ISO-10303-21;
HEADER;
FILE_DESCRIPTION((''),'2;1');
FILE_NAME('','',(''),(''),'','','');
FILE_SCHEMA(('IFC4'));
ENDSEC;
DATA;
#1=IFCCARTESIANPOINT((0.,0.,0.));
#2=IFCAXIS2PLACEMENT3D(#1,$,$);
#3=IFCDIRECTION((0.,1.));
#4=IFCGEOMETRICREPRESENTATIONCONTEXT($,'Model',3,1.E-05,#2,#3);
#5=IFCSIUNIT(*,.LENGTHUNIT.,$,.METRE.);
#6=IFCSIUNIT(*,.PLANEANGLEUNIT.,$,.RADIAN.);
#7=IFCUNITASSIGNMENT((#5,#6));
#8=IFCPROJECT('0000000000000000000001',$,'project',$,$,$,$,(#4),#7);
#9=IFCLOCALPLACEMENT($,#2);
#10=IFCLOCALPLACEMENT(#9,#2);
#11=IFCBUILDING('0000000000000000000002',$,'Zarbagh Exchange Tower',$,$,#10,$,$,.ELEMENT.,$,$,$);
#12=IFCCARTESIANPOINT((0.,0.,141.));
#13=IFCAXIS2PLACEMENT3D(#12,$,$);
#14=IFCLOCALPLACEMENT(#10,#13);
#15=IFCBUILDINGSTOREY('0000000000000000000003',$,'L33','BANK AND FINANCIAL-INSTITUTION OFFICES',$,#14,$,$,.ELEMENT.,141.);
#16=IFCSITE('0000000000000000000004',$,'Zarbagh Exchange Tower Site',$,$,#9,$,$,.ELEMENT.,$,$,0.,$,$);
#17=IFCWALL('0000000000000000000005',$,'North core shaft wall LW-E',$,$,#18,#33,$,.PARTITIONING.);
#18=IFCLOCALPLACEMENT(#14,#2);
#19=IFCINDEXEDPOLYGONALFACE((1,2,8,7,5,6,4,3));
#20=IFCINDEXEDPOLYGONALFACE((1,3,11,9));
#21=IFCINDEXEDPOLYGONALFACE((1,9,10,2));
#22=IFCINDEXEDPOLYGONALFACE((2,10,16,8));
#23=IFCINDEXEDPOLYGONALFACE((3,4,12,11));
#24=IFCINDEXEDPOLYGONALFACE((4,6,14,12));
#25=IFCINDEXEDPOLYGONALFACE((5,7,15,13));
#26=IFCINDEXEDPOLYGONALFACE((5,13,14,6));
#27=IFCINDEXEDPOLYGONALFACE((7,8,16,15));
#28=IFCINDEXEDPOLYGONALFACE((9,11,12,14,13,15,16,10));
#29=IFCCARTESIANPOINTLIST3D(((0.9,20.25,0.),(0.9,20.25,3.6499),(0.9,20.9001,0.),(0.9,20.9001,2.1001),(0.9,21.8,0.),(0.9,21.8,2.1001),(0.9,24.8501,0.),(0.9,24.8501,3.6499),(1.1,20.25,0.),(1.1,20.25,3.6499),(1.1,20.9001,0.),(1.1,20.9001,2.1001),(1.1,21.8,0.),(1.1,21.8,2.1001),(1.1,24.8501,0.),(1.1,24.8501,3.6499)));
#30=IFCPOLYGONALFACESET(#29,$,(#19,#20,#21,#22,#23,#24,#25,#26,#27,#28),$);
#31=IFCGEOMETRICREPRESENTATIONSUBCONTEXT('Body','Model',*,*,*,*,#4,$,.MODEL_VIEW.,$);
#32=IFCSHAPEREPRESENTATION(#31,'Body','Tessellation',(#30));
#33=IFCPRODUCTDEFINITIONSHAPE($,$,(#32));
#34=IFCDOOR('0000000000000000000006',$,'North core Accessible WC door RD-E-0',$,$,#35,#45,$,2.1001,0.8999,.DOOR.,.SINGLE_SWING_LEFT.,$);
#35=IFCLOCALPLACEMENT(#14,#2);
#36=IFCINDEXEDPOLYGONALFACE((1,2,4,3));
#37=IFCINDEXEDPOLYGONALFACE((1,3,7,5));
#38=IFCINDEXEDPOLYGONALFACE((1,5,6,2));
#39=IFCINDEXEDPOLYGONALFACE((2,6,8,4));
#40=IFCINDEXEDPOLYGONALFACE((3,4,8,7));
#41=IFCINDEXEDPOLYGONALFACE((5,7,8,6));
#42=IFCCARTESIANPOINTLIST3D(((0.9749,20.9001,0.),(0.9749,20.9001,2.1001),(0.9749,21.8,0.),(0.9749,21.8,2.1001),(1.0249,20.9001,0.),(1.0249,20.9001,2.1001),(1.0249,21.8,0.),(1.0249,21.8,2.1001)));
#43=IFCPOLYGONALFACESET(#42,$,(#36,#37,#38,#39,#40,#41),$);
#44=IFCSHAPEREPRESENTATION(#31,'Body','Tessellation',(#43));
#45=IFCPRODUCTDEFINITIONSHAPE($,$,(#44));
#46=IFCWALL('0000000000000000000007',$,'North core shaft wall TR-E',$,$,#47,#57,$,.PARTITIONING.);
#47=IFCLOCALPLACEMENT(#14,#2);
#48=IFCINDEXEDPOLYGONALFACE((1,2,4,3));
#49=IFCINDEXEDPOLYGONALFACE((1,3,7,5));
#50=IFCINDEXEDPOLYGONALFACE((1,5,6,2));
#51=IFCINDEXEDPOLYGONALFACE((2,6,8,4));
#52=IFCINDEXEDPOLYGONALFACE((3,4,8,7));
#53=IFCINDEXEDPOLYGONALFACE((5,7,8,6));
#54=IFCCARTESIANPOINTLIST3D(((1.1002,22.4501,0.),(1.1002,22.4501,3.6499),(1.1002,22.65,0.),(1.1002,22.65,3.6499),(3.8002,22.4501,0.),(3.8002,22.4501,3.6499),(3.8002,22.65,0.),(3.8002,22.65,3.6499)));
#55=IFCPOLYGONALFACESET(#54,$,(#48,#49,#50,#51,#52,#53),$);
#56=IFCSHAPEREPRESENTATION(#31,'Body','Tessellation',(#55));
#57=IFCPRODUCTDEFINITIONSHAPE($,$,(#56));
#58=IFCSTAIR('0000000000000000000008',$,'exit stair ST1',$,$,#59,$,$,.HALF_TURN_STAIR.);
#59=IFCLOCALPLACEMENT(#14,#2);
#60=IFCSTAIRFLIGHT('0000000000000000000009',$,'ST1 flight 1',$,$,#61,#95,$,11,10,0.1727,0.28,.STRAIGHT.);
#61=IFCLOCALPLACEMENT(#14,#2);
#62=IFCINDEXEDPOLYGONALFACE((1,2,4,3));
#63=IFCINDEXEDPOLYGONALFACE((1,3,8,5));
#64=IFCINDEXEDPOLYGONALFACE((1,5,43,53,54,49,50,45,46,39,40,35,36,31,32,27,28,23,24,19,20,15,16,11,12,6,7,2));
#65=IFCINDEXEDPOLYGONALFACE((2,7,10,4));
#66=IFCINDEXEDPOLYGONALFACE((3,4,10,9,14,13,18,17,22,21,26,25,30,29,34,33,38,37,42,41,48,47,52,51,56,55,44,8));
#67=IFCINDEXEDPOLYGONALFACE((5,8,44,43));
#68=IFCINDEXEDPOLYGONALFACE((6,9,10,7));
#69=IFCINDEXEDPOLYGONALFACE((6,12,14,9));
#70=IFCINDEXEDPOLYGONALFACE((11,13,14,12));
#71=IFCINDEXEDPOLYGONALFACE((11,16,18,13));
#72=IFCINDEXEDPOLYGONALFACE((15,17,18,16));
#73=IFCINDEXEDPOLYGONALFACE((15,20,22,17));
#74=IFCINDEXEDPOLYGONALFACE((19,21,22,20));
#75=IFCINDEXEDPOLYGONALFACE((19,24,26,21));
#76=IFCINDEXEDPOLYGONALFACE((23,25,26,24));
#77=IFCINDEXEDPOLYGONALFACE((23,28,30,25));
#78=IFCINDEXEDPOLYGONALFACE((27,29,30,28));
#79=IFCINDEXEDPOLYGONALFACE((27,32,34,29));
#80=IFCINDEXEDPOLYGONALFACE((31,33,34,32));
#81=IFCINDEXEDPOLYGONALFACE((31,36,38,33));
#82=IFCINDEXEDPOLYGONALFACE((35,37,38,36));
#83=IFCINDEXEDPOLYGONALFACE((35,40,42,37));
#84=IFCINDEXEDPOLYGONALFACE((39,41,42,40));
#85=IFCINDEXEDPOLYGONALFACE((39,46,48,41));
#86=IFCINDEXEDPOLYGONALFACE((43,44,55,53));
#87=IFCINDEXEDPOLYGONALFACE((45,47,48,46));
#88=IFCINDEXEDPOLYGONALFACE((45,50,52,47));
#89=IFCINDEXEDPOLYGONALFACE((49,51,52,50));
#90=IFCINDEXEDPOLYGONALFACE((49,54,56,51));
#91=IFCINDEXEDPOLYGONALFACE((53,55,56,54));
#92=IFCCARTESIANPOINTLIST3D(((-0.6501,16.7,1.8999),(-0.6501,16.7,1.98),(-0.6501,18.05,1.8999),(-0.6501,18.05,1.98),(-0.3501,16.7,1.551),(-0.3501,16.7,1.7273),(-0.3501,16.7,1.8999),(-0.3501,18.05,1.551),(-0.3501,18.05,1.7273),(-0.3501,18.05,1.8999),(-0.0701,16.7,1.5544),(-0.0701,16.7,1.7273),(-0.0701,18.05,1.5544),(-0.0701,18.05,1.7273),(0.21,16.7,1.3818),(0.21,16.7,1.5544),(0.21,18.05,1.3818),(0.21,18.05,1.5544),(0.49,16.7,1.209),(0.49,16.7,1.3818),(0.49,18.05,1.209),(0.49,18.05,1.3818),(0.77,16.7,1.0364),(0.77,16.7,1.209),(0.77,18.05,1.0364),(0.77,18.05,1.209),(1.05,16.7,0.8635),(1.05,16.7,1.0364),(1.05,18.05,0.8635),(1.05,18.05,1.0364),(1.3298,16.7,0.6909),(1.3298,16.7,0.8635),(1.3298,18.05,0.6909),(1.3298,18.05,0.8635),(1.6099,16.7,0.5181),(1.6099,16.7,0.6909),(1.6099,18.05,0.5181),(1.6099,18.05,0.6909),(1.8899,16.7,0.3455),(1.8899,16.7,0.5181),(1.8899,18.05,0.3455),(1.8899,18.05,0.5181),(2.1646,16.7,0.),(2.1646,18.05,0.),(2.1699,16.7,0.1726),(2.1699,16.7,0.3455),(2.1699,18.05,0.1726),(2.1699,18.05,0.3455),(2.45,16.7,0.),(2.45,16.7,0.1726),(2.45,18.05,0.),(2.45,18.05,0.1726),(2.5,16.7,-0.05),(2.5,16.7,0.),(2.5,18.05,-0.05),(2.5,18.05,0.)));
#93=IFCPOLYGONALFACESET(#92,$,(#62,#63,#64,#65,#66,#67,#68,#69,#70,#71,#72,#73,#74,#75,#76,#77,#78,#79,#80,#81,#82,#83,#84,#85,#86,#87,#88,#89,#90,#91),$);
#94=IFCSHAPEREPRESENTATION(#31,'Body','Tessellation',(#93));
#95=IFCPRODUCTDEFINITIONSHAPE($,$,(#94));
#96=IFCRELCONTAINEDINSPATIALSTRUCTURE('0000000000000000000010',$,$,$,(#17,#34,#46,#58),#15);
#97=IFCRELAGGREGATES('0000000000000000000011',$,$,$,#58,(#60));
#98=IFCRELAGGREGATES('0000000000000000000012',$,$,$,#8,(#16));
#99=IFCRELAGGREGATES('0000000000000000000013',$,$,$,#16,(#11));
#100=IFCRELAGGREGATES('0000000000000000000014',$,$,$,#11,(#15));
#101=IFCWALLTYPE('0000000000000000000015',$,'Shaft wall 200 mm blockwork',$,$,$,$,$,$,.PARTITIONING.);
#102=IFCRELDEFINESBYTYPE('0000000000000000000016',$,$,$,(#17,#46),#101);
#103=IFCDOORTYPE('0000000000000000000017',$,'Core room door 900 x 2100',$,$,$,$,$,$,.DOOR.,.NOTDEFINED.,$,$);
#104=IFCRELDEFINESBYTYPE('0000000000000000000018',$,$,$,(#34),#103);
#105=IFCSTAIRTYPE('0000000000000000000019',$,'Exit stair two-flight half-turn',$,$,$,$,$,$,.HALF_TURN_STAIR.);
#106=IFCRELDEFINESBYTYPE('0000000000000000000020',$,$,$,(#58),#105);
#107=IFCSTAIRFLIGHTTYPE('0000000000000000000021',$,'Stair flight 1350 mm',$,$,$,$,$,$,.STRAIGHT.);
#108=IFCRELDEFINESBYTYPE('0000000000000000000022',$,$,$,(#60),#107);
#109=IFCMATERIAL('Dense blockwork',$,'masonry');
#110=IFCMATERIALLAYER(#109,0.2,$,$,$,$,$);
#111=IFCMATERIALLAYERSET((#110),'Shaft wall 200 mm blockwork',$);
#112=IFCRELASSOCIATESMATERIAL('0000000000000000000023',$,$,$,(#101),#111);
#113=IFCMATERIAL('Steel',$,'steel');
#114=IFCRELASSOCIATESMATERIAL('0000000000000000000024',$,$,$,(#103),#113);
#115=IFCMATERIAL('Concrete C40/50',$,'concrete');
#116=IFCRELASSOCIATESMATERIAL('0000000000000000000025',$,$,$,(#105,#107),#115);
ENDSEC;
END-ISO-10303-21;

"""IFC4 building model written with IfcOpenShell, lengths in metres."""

from ifc_helpers import new_model, si_unit, direction, frame, frame_2d, origin, place, context, subcontext, project, spatial, polyline, rectangle, outline, extrude, material, layer, layer_set, type_object, element, fill, aggregate, save


model = new_model("IFC4")

# Units and contexts
model_context = context("Model", 3, precision=1e-05, world=origin(), true_north=direction((0.0, 1.0)))
body_context = subcontext(model_context, "Body", "Model", "MODEL_VIEW")
ifc_project = project(units=[si_unit("LENGTHUNIT", "METRE"), si_unit("PLANEANGLEUNIT", "RADIAN")], contexts=[model_context])

# Site, building, storey
site_placement = place(None, origin())
site = spatial("IfcSite", under=ifc_project, at=site_placement, Name="Zarbagh Exchange Tower Site", CompositionType="ELEMENT", RefElevation=0.0)
building_placement = place(site_placement, origin())
building = spatial("IfcBuilding", under=site, at=building_placement, Name="Zarbagh Exchange Tower", CompositionType="ELEMENT")
storey_placement = place(building_placement, frame((0.0, 0.0, 141.0)))
storey = spatial("IfcBuildingStorey", under=building, at=storey_placement, Name="L33", Description="BANK AND FINANCIAL-INSTITUTION OFFICES", CompositionType="ELEMENT", Elevation=141.0)

# Shared definitions
ifc_material_1 = material(Name="Steel", Category="steel")

# Wall, opening, door
ifc_material_2 = material(Name="Dense blockwork", Category="masonry")
ifc_layer_1 = layer(ifc_material_2, 0.2)
ifc_layer_set_1 = layer_set([ifc_layer_1], Name="Shaft wall 200 mm blockwork")
wall_type_1 = type_object("IfcWallType", Name="Shaft wall 200 mm blockwork", PredefinedType="PARTITIONING", material=ifc_layer_set_1)
wall_1_placement = place(storey_placement, frame((1.0, 24.8501, 0.0), z_axis=(0.0, 0.0, 1.0), x_axis=(0.0, -1.0, 0.0)))
wall_1 = element("IfcWall", 1, at=wall_1_placement, inside=storey, type_object=wall_type_1, Name="North core shaft wall LW-E", PredefinedType="PARTITIONING", context=body_context, shape_type="SweptSolid", body=[
    extrude(rectangle(XDim=4.6001, YDim=0.2, at=frame_2d((2.3, 0.0))), origin(), (0.0, 0.0, 1.0), 3.6499),
])
opening_1_placement = place(wall_1_placement, frame((3.05, 0.0, 0.0)))
opening_1 = element("IfcOpeningElement", 2, at=opening_1_placement, cuts=wall_1, PredefinedType="OPENING", context=body_context, shape_type="SweptSolid", body=[
    extrude(rectangle(XDim=0.8999, YDim=2.1001, at=frame_2d((0.45, 1.05))), frame((0.0, 0.1099, 0.0), z_axis=(0.0, -1.0, 0.0), x_axis=(1.0, 0.0, 0.0)), (0.0, 0.0, 1.0), 0.22),
])
door_type_1 = type_object("IfcDoorType", Name="Core room door 900 x 2100", OperationType="NOTDEFINED", PredefinedType="DOOR", material=ifc_material_1)
door_1_placement = place(opening_1_placement, origin())
door_1 = element("IfcDoor", 3, at=door_1_placement, inside=storey, type_object=door_type_1, Name="North core Accessible WC door RD-E-0", OperationType="SINGLE_SWING_LEFT", OverallHeight=2.1001, OverallWidth=0.8999, PredefinedType="DOOR", context=body_context, shape_type="SweptSolid", body=[
    extrude(rectangle(XDim=0.8999, YDim=2.1001, at=frame_2d((0.45, 1.05))), frame((0.0, 0.0249, 0.0), z_axis=(0.0, -1.0, 0.0), x_axis=(1.0, 0.0, 0.0)), (0.0, 0.0, 1.0), 0.05),
])
fill(opening_1, door_1)

# Wall
wall_2_placement = place(storey_placement, frame((1.1001, 22.55, 0.0), z_axis=(0.0, 0.0, 1.0), x_axis=(1.0, 0.0, 0.0)))
element("IfcWall", 4, at=wall_2_placement, inside=storey, type_object=wall_type_1, Name="North core shaft wall TR-E", PredefinedType="PARTITIONING", context=body_context, shape_type="SweptSolid", body=[
    extrude(rectangle(XDim=2.7, YDim=0.2, at=frame_2d((1.3501, 0.0))), origin(), (0.0, 0.0, 1.0), 3.6499),
])

# Stair, stair flight
ifc_material_3 = material(Name="Concrete C40/50", Category="concrete")
stair_type = type_object("IfcStairType", Name="Exit stair two-flight half-turn", PredefinedType="HALF_TURN_STAIR", material=ifc_material_3)
stair_placement = place(storey_placement, origin())
stair = element("IfcStair", 5, at=stair_placement, inside=storey, type_object=stair_type, Name="exit stair ST1", PredefinedType="HALF_TURN_STAIR")
stair_flight_type = type_object("IfcStairFlightType", Name="Stair flight 1350 mm", PredefinedType="STRAIGHT", material=ifc_material_3)
stair_flight_placement = place(storey_placement, frame((2.45, 17.375, 0.0), z_axis=(0.0, 0.0, 1.0), x_axis=(-1.0, 0.0, 0.0)))
stair_flight = element("IfcStairFlight", 6, at=stair_flight_placement, type_object=stair_flight_type, Name="ST1 flight 1", NumberOfRisers=11, NumberOfTreads=10, PredefinedType="STRAIGHT", RiserHeight=0.1727, TreadLength=0.28, context=body_context, shape_type="SweptSolid", body=[
    extrude(outline(polyline([(-0.05, -0.05), (-0.05, 0.0), (0.0, 0.0), (0.0, 0.1726), (0.28, 0.1726), (0.28, 0.3455), (0.5601, 0.3455), (0.5601, 0.5181), (0.8401, 0.5181), (0.8401, 0.6909), (1.1201, 0.6909), (1.1201, 0.8635), (1.3999, 0.8635), (1.3999, 1.0364), (1.6799, 1.0364), (1.6799, 1.209), (1.96, 1.209), (1.96, 1.3818), (2.24, 1.3818), (2.24, 1.5544), (2.52, 1.5544), (2.52, 1.7273), (2.8, 1.7273), (2.8, 1.8999), (3.1001, 1.98), (3.1001, 1.8999), (2.8, 1.551), (0.2854, 0.0), (-0.05, -0.05)])), frame((0.0, 0.675, 0.0), z_axis=(0.0, -1.0, 0.0), x_axis=(1.0, 0.0, 0.0)), (0.0, 0.0, 1.0), 1.3501),
])
aggregate(stair, [stair_flight])

save(model, "model.ifc")
